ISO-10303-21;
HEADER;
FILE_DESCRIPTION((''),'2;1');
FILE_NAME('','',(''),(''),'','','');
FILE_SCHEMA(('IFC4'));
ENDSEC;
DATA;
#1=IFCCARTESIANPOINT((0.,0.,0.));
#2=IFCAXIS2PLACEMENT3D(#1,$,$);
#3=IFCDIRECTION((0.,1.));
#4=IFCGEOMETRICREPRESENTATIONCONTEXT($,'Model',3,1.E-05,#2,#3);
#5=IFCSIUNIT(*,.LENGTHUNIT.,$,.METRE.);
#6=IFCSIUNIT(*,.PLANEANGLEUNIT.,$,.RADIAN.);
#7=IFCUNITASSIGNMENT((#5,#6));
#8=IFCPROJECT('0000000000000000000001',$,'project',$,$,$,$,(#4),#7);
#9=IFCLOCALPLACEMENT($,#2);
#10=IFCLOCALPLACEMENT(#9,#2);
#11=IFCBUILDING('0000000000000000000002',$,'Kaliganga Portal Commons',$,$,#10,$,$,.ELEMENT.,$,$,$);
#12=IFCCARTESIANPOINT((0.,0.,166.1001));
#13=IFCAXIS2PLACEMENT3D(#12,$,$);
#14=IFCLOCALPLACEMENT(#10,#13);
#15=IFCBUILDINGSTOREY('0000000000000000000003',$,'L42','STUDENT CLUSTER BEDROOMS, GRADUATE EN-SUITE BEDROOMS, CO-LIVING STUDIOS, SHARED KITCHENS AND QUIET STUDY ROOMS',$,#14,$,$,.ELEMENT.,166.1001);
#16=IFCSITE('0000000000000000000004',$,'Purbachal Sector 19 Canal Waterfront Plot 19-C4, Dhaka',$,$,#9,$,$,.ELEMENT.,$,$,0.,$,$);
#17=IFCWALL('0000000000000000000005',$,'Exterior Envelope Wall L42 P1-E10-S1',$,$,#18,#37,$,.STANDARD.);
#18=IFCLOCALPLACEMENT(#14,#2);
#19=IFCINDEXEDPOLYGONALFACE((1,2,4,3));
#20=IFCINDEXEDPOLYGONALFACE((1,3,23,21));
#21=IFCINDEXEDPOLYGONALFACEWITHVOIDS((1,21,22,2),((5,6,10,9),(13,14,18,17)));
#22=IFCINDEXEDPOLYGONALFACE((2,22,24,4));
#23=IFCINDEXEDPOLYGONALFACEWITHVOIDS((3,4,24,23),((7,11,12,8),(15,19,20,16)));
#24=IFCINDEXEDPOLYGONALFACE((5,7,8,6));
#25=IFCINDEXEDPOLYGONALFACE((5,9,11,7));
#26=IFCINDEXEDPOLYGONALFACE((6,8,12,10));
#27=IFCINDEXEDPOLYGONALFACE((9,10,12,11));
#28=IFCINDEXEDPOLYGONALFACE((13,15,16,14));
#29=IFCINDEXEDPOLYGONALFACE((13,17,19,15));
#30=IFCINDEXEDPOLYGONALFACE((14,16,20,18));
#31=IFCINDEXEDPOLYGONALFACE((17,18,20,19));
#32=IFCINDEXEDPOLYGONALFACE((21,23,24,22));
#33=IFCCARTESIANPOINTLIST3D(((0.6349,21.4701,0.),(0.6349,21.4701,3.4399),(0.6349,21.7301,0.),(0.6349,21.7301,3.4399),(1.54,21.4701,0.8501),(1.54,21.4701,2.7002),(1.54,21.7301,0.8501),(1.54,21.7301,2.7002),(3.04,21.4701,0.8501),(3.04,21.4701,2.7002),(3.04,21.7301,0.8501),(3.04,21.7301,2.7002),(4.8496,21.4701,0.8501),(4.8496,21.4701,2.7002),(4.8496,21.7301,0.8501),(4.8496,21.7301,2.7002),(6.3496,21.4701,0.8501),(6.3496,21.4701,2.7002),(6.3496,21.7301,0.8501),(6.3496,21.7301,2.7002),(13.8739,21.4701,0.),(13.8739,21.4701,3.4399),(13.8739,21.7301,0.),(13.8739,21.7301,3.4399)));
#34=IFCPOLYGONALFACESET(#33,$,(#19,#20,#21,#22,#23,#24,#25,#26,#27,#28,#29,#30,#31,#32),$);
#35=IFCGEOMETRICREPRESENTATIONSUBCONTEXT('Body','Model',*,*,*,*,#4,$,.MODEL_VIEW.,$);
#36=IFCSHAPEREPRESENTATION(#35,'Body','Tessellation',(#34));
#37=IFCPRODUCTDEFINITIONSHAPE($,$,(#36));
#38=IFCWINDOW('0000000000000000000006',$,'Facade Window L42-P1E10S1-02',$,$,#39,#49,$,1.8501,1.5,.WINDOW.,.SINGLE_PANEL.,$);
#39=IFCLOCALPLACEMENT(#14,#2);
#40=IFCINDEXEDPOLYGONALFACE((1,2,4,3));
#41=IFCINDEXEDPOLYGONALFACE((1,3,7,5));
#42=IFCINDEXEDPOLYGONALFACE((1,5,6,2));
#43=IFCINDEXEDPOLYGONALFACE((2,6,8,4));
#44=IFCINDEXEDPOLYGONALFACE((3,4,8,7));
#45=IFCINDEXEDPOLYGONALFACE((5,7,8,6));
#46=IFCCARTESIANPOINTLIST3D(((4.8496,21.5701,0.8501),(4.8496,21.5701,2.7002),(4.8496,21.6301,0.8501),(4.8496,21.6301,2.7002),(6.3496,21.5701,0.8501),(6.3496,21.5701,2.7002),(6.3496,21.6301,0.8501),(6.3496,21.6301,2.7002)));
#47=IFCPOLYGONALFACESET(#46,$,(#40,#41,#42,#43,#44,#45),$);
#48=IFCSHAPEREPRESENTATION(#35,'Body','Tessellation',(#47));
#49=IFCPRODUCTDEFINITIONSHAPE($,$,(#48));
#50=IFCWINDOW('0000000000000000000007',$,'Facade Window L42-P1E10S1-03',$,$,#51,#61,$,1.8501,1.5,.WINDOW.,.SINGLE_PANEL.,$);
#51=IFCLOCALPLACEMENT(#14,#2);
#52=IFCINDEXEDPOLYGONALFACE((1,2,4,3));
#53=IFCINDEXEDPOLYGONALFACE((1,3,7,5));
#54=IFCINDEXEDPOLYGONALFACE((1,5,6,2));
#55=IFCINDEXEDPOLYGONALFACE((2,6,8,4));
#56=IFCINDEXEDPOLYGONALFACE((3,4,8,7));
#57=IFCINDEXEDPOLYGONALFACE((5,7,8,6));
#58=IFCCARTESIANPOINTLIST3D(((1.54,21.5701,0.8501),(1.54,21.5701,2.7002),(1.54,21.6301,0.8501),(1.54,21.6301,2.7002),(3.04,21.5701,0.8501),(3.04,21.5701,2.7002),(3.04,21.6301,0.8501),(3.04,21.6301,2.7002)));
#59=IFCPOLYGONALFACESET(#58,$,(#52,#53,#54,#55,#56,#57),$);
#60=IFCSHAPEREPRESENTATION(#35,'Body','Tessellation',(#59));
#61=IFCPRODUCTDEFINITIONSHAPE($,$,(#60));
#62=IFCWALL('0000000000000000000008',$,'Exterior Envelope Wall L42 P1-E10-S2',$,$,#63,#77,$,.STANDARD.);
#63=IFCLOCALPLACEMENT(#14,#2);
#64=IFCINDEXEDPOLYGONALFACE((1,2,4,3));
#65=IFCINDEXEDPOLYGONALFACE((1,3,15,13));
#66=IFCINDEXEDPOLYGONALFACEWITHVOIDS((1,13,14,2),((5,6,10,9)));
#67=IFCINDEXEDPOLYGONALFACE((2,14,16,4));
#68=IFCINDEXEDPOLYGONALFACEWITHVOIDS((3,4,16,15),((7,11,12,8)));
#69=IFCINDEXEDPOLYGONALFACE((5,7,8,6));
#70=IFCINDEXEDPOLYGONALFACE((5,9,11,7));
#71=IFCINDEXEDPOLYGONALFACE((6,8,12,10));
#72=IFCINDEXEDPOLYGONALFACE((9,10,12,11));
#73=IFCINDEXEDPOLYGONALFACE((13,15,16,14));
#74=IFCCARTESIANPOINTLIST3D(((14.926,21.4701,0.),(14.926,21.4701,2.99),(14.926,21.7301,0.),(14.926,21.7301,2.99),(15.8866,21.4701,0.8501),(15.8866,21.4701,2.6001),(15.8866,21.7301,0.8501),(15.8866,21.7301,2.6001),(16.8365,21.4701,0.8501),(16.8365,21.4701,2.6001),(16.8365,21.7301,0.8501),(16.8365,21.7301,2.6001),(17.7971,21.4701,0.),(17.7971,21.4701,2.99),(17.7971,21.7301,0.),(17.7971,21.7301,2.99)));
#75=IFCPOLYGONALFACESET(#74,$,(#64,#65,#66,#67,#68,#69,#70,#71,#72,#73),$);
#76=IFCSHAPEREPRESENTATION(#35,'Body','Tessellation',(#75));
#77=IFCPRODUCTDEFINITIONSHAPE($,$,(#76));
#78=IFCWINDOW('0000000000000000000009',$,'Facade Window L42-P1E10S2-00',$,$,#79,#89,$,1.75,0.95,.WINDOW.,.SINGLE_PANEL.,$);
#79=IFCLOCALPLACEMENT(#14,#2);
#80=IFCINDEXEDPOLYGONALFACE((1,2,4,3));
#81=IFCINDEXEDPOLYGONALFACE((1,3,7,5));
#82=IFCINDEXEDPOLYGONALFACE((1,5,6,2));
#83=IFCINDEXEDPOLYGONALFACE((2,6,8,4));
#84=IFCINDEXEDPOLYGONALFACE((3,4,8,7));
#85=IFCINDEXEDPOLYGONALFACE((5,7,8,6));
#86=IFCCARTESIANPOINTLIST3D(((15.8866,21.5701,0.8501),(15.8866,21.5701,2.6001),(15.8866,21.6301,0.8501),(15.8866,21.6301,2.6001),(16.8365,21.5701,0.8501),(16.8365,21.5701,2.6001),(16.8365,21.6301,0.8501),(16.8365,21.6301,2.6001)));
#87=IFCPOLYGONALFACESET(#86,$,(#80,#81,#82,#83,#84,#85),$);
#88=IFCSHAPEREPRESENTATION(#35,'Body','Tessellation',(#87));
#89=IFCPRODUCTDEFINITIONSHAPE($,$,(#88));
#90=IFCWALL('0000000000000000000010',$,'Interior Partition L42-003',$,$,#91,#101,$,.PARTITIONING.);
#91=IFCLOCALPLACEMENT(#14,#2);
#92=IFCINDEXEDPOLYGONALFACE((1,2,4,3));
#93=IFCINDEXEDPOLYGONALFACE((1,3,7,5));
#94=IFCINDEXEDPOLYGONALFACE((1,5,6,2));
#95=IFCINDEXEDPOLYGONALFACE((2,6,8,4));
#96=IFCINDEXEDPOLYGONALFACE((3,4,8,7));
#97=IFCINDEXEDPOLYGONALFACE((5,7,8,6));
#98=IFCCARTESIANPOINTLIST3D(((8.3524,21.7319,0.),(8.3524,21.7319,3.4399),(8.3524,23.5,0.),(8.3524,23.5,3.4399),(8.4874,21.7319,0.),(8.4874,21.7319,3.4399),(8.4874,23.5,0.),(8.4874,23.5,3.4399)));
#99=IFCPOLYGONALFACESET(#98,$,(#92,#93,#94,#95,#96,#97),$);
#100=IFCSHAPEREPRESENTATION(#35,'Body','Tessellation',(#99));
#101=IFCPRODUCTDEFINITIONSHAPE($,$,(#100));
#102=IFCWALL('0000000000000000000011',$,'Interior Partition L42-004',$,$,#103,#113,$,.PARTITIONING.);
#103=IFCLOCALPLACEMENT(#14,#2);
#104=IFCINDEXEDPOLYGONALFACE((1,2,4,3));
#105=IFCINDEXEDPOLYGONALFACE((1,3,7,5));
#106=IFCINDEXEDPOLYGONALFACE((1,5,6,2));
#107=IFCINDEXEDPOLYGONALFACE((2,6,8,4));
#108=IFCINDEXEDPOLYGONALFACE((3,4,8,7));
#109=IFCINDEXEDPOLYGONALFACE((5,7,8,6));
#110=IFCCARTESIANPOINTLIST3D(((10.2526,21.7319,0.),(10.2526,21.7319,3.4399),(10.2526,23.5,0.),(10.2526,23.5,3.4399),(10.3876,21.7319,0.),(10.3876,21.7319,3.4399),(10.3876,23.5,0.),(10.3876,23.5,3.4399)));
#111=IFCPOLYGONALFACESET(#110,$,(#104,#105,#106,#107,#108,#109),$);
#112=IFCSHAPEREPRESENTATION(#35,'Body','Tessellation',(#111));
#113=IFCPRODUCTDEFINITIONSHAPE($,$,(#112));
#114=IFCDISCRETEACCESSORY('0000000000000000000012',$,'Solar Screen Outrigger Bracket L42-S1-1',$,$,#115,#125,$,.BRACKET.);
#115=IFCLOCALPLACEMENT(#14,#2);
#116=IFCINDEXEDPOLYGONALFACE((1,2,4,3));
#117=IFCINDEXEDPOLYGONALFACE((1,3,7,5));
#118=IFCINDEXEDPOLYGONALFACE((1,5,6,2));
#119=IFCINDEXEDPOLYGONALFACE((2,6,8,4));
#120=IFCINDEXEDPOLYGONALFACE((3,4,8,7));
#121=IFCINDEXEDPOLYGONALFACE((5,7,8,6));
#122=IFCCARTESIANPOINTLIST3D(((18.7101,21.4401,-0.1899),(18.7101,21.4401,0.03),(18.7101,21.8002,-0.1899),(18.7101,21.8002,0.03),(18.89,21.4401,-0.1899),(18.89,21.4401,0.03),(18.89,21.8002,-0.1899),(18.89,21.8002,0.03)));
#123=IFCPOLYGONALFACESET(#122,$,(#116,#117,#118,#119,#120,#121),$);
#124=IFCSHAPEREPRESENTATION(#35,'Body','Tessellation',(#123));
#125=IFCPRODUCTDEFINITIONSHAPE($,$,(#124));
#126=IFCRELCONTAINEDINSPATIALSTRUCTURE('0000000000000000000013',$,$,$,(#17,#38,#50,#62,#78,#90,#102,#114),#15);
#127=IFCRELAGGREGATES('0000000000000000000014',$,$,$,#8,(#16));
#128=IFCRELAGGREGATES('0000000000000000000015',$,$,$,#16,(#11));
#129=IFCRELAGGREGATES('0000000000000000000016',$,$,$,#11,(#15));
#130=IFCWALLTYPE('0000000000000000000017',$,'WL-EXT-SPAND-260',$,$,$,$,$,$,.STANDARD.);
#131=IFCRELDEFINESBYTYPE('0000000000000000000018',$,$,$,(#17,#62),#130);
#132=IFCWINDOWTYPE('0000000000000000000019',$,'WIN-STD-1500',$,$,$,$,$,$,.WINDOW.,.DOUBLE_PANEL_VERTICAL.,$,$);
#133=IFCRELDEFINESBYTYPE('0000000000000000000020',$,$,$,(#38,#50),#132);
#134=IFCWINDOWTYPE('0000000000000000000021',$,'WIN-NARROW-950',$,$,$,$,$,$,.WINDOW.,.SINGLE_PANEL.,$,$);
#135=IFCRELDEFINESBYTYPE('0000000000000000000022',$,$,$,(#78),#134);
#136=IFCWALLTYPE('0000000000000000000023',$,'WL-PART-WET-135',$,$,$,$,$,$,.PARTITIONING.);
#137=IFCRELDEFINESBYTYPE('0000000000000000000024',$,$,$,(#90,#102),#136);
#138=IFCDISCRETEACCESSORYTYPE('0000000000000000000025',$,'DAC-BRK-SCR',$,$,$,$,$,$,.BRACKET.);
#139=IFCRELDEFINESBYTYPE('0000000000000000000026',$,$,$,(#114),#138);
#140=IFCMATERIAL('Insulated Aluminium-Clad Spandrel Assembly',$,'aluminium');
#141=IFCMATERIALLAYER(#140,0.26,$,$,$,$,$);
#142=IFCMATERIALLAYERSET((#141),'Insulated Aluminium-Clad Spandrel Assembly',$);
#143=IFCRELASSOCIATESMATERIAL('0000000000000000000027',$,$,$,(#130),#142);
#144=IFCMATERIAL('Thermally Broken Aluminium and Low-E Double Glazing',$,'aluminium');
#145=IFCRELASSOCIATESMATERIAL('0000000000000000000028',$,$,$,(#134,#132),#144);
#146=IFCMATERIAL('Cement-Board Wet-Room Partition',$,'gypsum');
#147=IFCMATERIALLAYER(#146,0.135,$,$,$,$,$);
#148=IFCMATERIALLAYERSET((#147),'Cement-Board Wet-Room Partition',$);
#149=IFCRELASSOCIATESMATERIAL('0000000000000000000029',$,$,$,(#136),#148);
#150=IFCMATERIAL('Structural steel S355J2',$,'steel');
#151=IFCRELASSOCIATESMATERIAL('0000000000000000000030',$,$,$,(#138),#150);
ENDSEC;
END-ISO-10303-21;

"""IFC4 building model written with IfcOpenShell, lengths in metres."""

from ifc_helpers import new_model, si_unit, direction, frame, frame_2d, origin, origin_2d, place, context, subcontext, project, spatial, rectangle, extrude, source, transform, mapped, material, layer, layer_set, type_object, element, fill, save


model = new_model("IFC4")

# Units and contexts
model_context = context("Model", 3, precision=1e-05, world=origin(), true_north=direction((0.0, 1.0)))
body_context = subcontext(model_context, "Body", "Model", "MODEL_VIEW")
ifc_project = project(units=[si_unit("LENGTHUNIT", "METRE"), si_unit("PLANEANGLEUNIT", "RADIAN")], contexts=[model_context])

# Site, building, storey
site_placement = place(None, origin())
site = spatial("IfcSite", under=ifc_project, at=site_placement, Name="Purbachal Sector 19 Canal Waterfront Plot 19-C4, Dhaka", CompositionType="ELEMENT", RefElevation=0.0)
building_placement = place(site_placement, origin())
building = spatial("IfcBuilding", under=site, at=building_placement, Name="Kaliganga Portal Commons", CompositionType="ELEMENT")
storey_placement = place(building_placement, frame((0.0, 0.0, 166.1001)))
storey = spatial("IfcBuildingStorey", under=building, at=storey_placement, Name="L42", Description="STUDENT CLUSTER BEDROOMS, GRADUATE EN-SUITE BEDROOMS, CO-LIVING STUDIOS, SHARED KITCHENS AND QUIET STUDY ROOMS", CompositionType="ELEMENT", Elevation=166.1001)

# Shared definitions
ifc_material_1 = material(Name="Structural steel S355J2", Category="steel")

# Wall, openings, windows
ifc_material_2 = material(Name="Insulated Aluminium-Clad Spandrel Assembly", Category="aluminium")
ifc_layer_1 = layer(ifc_material_2, 0.26)
ifc_layer_set_1 = layer_set([ifc_layer_1], Name="Insulated Aluminium-Clad Spandrel Assembly")
wall_type_1 = type_object("IfcWallType", Name="WL-EXT-SPAND-260", PredefinedType="STANDARD", material=ifc_layer_set_1)
ifc_material_3 = material(Name="Thermally Broken Aluminium and Low-E Double Glazing", Category="aluminium")
window_type_1 = type_object("IfcWindowType", Name="WIN-NARROW-950", PartitioningType="SINGLE_PANEL", PredefinedType="WINDOW", material=ifc_material_3)
window_type_2 = type_object("IfcWindowType", Name="WIN-STD-1500", PartitioningType="DOUBLE_PANEL_VERTICAL", PredefinedType="WINDOW", material=ifc_material_3)
wall_1_placement = place(storey_placement, frame((13.874, 21.6001, 0.0), z_axis=(0.0, 0.0, 1.0), x_axis=(-1.0, 0.0, 0.0)))
wall_1 = element("IfcWall", 1, at=wall_1_placement, inside=storey, type_object=wall_type_1, Name="Exterior Envelope Wall L42 P1-E10-S1", PredefinedType="STANDARD", context=body_context, shape_type="SweptSolid", body=[
    extrude(rectangle(XDim=13.239, YDim=0.26, at=frame_2d((6.6196, 0.0))), origin(), (0.0, 0.0, 1.0), 3.4399),
])
opening_1_placement = place(wall_1_placement, frame((7.5244, 0.0, 0.8501)))
opening_1 = element("IfcOpeningElement", 2, at=opening_1_placement, cuts=wall_1, PredefinedType="OPENING", context=body_context, shape_type="SweptSolid", body=[
    extrude(rectangle(XDim=1.5, YDim=1.8501, at=frame_2d((0.75, 0.925))), frame((0.0, 0.1401, 0.0), z_axis=(0.0, -1.0, 0.0), x_axis=(1.0, 0.0, 0.0)), (0.0, 0.0, 1.0), 0.28),
])
opening_2_placement = place(wall_1_placement, frame((10.834, 0.0, 0.8501)))
opening_2 = element("IfcOpeningElement", 3, at=opening_2_placement, cuts=wall_1, PredefinedType="OPENING", context=body_context, shape_type="SweptSolid", body=[
    extrude(rectangle(XDim=1.5, YDim=1.8501, at=frame_2d((0.75, 0.925))), frame((0.0, 0.1401, 0.0), z_axis=(0.0, -1.0, 0.0), x_axis=(1.0, 0.0, 0.0)), (0.0, 0.0, 1.0), 0.28),
])
window_1_placement = place(opening_1_placement, origin())
window_1 = element("IfcWindow", 4, at=window_1_placement, inside=storey, type_object=window_type_2, Name="Facade Window L42-P1E10S1-02", OverallHeight=1.8501, OverallWidth=1.5, PartitioningType="SINGLE_PANEL", PredefinedType="WINDOW", context=body_context, shape_type="SweptSolid", body=[
    extrude(rectangle(XDim=1.5, YDim=1.8501, at=frame_2d((0.75, 0.925))), frame((0.0, 0.03, 0.0), z_axis=(0.0, -1.0, 0.0), x_axis=(1.0, 0.0, 0.0)), (0.0, 0.0, 1.0), 0.0601),
])
fill(opening_1, window_1)
window_2_placement = place(opening_2_placement, origin())
window_2 = element("IfcWindow", 5, at=window_2_placement, inside=storey, type_object=window_type_2, Name="Facade Window L42-P1E10S1-03", OverallHeight=1.8501, OverallWidth=1.5, PartitioningType="SINGLE_PANEL", PredefinedType="WINDOW", context=body_context, shape_type="SweptSolid", body=[
    extrude(rectangle(XDim=1.5, YDim=1.8501, at=frame_2d((0.75, 0.925))), frame((0.0, 0.03, 0.0), z_axis=(0.0, -1.0, 0.0), x_axis=(1.0, 0.0, 0.0)), (0.0, 0.0, 1.0), 0.0601),
])
fill(opening_2, window_2)

# Wall, opening, window
wall_2_placement = place(storey_placement, frame((17.7971, 21.6001, 0.0), z_axis=(0.0, 0.0, 1.0), x_axis=(-1.0, 0.0, 0.0)))
wall_2 = element("IfcWall", 6, at=wall_2_placement, inside=storey, type_object=wall_type_1, Name="Exterior Envelope Wall L42 P1-E10-S2", PredefinedType="STANDARD", context=body_context, shape_type="SweptSolid", body=[
    extrude(rectangle(XDim=2.8711, YDim=0.26, at=frame_2d((1.4355, 0.0))), origin(), (0.0, 0.0, 1.0), 2.99),
])
opening_3_placement = place(wall_2_placement, frame((0.9604, 0.0, 0.8501)))
opening_3 = element("IfcOpeningElement", 7, at=opening_3_placement, cuts=wall_2, PredefinedType="OPENING", context=body_context, shape_type="SweptSolid", body=[
    extrude(rectangle(XDim=0.95, YDim=1.75, at=frame_2d((0.4751, 0.875))), frame((0.0, 0.1401, 0.0), z_axis=(0.0, -1.0, 0.0), x_axis=(1.0, 0.0, 0.0)), (0.0, 0.0, 1.0), 0.28),
])
window_3_placement = place(opening_3_placement, origin())
window_3 = element("IfcWindow", 8, at=window_3_placement, inside=storey, type_object=window_type_1, Name="Facade Window L42-P1E10S2-00", OverallHeight=1.75, OverallWidth=0.95, PartitioningType="SINGLE_PANEL", PredefinedType="WINDOW", context=body_context, shape_type="SweptSolid", body=[
    extrude(rectangle(XDim=0.95, YDim=1.75, at=frame_2d((0.4751, 0.875))), frame((0.0, 0.03, 0.0), z_axis=(0.0, -1.0, 0.0), x_axis=(1.0, 0.0, 0.0)), (0.0, 0.0, 1.0), 0.0601),
])
fill(opening_3, window_3)

# Walls
ifc_material_4 = material(Name="Cement-Board Wet-Room Partition", Category="gypsum")
ifc_layer_2 = layer(ifc_material_4, 0.135)
ifc_layer_set_2 = layer_set([ifc_layer_2], Name="Cement-Board Wet-Room Partition")
wall_type_2 = type_object("IfcWallType", Name="WL-PART-WET-135", PredefinedType="PARTITIONING", material=ifc_layer_set_2)
for number, where, z_axis, x_axis, name in (
    (9, (8.4199, 21.7319, 0.0), (0.0, 0.0, 1.0), (0.0, 1.0, 0.0), "Interior Partition L42-003"),
    (10, (10.3201, 21.7319, 0.0), (0.0, 0.0, 1.0), (0.0, 1.0, 0.0), "Interior Partition L42-004"),
):
    element("IfcWall", number, at=place(storey_placement, frame(where, z_axis=z_axis, x_axis=x_axis)), inside=storey, type_object=wall_type_2, Name=name, PredefinedType="PARTITIONING", context=body_context, shape_type="SweptSolid", body=[
        extrude(rectangle(XDim=1.7681, YDim=0.135, at=frame_2d((0.884, 0.0))), origin(), (0.0, 0.0, 1.0), 3.4399),
    ])

# Discrete accessory
discrete_accessory_type = type_object("IfcDiscreteAccessoryType", Name="DAC-BRK-SCR", PredefinedType="BRACKET", material=ifc_material_1)
shared_shape_1 = source(origin(), body_context, "Body", "SweptSolid", [
    extrude(rectangle(XDim=0.1799, YDim=0.3601, at=origin_2d()), origin(), (0.0, 0.0, 1.0), 0.22),
])
discrete_accessory_placement = place(storey_placement, frame((18.8, 21.6201, -0.1899), z_axis=(0.0, 0.0, 1.0), x_axis=(1.0, 0.0, 0.0)))
element("IfcDiscreteAccessory", 11, at=discrete_accessory_placement, inside=storey, type_object=discrete_accessory_type, Name="Solar Screen Outrigger Bracket L42-S1-1", PredefinedType="BRACKET", context=body_context, shape_type="MappedRepresentation", body=[
    mapped(shared_shape_1, transform((0.0, 0.0, 0.0), x_axis=(1.0, 0.0, 0.0), y_axis=(0.0, 1.0, 0.0), z_axis=(0.0, 0.0, 1.0), scale=1.0)),
])

save(model, "model.ifc")
